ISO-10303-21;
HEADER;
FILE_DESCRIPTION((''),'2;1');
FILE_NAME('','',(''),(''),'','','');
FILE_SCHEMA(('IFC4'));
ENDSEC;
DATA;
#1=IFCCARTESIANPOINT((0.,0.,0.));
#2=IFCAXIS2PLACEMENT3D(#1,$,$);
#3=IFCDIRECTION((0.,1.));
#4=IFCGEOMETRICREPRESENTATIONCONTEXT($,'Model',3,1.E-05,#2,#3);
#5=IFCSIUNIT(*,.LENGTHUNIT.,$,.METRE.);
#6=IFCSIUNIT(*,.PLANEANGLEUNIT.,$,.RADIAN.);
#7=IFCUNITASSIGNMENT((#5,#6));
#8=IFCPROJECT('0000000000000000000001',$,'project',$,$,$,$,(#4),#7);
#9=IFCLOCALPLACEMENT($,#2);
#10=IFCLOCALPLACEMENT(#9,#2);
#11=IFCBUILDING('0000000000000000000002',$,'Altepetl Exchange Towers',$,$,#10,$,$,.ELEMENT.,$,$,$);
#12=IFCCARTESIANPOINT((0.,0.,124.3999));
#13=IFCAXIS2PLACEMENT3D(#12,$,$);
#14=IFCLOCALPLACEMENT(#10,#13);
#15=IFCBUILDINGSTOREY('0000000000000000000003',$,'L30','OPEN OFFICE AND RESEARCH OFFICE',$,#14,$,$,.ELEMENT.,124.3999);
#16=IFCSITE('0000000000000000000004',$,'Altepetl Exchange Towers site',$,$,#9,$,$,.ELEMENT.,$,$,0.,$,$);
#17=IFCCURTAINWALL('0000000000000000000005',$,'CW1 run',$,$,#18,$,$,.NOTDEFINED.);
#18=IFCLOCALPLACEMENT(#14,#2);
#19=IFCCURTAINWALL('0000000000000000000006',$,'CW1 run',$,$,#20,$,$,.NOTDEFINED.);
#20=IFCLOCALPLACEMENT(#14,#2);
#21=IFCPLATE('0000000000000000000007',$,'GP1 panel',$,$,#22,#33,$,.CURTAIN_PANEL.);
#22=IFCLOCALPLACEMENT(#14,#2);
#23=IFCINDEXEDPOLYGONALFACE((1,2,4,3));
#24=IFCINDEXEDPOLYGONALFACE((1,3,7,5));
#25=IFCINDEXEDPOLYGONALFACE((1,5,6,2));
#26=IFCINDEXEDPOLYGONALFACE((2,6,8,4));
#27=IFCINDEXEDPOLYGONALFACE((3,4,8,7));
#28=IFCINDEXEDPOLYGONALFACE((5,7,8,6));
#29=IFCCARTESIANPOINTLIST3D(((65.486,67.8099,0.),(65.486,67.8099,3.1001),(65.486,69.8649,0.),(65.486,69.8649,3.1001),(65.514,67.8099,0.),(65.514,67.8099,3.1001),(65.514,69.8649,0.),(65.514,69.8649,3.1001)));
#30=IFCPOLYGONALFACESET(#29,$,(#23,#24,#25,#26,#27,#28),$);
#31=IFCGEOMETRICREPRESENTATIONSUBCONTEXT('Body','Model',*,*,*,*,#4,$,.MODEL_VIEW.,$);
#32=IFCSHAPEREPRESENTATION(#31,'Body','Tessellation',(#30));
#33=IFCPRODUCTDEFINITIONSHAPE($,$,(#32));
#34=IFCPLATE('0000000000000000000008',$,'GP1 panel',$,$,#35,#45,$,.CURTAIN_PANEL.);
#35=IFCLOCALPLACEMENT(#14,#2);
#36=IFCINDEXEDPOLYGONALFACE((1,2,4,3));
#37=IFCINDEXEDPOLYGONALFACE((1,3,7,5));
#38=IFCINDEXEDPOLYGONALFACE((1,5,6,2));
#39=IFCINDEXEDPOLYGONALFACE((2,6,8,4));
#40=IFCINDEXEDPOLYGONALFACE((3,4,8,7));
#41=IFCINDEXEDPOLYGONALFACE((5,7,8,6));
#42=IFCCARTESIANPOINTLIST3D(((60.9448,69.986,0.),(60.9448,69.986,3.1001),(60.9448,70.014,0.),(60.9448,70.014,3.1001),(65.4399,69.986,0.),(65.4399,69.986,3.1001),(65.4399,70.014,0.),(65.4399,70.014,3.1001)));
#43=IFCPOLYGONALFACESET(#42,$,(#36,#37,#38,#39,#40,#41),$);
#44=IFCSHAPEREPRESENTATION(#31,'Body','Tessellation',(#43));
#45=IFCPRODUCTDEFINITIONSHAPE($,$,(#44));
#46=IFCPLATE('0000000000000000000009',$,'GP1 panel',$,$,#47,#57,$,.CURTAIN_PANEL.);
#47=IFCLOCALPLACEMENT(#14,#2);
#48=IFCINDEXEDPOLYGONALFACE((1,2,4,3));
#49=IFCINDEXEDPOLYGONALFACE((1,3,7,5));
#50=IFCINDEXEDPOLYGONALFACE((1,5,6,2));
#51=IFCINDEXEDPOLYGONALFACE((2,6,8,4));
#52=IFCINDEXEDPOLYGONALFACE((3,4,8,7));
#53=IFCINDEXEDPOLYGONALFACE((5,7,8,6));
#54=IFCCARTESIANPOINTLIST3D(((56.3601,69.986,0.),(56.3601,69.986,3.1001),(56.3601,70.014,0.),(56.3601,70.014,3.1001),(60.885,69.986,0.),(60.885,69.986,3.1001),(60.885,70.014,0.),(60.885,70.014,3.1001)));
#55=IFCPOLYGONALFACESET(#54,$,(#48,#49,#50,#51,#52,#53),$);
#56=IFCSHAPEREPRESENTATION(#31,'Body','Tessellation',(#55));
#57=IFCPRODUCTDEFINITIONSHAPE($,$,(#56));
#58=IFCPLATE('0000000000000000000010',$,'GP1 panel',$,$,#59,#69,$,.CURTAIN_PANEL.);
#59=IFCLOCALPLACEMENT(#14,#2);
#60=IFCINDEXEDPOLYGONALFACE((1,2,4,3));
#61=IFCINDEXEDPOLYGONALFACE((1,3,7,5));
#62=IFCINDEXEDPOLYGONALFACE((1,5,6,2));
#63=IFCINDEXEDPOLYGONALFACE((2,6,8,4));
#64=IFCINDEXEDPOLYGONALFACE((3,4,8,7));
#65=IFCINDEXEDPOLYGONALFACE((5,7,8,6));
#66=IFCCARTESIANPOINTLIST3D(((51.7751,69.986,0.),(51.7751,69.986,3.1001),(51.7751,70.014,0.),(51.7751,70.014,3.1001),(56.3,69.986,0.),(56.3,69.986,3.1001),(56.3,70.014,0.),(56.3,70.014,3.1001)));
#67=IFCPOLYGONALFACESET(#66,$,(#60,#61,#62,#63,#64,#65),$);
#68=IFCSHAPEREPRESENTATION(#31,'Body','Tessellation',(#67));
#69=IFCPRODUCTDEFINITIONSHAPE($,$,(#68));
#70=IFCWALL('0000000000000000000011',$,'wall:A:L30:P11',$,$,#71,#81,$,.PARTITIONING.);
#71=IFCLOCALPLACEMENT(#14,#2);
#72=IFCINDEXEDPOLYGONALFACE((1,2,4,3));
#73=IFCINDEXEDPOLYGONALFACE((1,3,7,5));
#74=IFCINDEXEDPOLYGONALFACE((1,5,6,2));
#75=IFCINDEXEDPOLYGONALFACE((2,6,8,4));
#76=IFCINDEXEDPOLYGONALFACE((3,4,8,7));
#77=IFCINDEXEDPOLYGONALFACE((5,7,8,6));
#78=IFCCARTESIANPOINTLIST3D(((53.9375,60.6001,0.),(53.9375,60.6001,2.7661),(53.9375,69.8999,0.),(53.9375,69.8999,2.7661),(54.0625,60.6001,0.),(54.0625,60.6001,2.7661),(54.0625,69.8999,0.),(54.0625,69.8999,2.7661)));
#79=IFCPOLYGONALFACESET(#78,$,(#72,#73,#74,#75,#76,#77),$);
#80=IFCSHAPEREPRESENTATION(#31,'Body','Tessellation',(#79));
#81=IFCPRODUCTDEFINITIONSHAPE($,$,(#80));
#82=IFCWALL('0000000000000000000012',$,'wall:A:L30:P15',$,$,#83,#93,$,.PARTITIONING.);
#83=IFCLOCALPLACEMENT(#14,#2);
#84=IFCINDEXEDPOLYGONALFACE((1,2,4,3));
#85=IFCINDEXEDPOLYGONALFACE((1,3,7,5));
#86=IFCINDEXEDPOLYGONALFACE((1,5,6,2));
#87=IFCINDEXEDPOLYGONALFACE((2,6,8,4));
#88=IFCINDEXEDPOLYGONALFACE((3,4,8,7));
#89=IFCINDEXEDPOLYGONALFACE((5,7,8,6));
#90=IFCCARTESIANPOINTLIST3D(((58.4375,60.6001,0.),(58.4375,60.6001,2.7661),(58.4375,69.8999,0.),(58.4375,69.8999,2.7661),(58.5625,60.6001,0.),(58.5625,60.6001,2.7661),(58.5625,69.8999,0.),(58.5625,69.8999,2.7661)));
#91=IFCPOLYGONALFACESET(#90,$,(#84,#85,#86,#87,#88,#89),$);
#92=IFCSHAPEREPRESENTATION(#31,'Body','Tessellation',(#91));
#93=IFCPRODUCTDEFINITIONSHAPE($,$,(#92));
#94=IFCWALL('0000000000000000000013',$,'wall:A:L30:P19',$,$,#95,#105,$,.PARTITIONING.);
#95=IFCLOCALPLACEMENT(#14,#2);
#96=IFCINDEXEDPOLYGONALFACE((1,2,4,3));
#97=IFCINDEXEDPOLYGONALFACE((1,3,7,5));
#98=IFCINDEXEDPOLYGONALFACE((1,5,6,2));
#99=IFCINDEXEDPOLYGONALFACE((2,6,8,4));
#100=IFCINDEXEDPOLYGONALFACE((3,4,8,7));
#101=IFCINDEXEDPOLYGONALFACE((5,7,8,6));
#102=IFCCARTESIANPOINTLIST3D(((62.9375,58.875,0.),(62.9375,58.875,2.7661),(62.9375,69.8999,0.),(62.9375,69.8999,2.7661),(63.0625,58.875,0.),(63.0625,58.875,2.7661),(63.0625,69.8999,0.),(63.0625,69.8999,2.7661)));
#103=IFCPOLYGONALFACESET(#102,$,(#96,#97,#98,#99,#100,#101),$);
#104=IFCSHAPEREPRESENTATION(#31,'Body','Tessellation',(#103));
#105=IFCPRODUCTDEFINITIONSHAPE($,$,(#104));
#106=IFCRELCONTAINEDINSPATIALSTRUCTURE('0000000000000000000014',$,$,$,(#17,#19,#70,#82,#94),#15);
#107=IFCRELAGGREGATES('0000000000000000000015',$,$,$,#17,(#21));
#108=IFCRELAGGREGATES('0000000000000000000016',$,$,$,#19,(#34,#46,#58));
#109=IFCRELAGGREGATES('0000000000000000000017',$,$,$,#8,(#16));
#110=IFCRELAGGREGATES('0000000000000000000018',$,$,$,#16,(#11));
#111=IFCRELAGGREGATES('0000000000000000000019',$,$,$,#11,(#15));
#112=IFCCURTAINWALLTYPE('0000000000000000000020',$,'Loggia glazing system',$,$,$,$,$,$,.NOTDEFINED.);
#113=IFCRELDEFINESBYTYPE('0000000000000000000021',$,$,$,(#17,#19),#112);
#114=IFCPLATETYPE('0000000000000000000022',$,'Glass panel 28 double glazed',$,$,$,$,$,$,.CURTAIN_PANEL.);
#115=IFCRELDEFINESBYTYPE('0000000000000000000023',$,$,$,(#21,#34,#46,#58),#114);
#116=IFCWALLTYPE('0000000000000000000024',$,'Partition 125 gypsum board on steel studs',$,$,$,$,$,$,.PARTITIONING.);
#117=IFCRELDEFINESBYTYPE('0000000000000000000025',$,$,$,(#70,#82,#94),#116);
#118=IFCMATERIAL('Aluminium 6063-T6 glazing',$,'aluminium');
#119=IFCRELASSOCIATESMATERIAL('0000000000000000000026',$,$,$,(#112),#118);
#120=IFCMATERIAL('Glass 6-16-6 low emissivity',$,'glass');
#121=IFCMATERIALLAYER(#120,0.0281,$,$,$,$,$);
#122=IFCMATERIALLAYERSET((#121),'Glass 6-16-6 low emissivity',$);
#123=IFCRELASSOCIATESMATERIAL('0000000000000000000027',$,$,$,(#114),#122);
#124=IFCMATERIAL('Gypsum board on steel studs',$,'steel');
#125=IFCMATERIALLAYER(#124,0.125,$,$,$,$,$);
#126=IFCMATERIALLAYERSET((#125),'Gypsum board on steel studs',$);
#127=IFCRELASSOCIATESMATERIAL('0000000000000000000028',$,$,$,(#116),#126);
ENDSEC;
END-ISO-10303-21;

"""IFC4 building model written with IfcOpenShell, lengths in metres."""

from ifc_helpers import new_model, si_unit, direction, frame, frame_2d, origin, origin_2d, place, context, subcontext, project, spatial, rectangle, extrude, material, layer, layer_set, type_object, element, aggregate, save


model = new_model("IFC4")

# Units and contexts
model_context = context("Model", 3, precision=1e-05, world=origin(), true_north=direction((0.0, 1.0)))
body_context = subcontext(model_context, "Body", "Model", "MODEL_VIEW")
ifc_project = project(units=[si_unit("LENGTHUNIT", "METRE"), si_unit("PLANEANGLEUNIT", "RADIAN")], contexts=[model_context])

# Site, building, storey
site_placement = place(None, origin())
site = spatial("IfcSite", under=ifc_project, at=site_placement, Name="Altepetl Exchange Towers site", CompositionType="ELEMENT", RefElevation=0.0)
building_placement = place(site_placement, origin())
building = spatial("IfcBuilding", under=site, at=building_placement, Name="Altepetl Exchange Towers", CompositionType="ELEMENT")
storey_placement = place(building_placement, frame((0.0, 0.0, 124.3999)))
storey = spatial("IfcBuildingStorey", under=building, at=storey_placement, Name="L30", Description="OPEN OFFICE AND RESEARCH OFFICE", CompositionType="ELEMENT", Elevation=124.3999)

# Shared definitions
ifc_material_1 = material(Name="Aluminium 6063-T6 glazing", Category="aluminium")
curtain_wall_type = type_object("IfcCurtainWallType", Name="Loggia glazing system", PredefinedType="NOTDEFINED", material=ifc_material_1)

# Curtain walls
curtain_wall_1_placement = place(storey_placement, origin())
curtain_wall_1 = element("IfcCurtainWall", 1, at=curtain_wall_1_placement, inside=storey, type_object=curtain_wall_type, Name="CW1 run", PredefinedType="NOTDEFINED")
curtain_wall_2_placement = place(storey_placement, origin())
curtain_wall_2 = element("IfcCurtainWall", 2, at=curtain_wall_2_placement, inside=storey, type_object=curtain_wall_type, Name="CW1 run", PredefinedType="NOTDEFINED")

# Plates
ifc_material_2 = material(Name="Glass 6-16-6 low emissivity", Category="glass")
ifc_layer_1 = layer(ifc_material_2, 0.0281)
ifc_layer_set_1 = layer_set([ifc_layer_1], Name="Glass 6-16-6 low emissivity")
plate_type = type_object("IfcPlateType", Name="Glass panel 28 double glazed", PredefinedType="CURTAIN_PANEL", material=ifc_layer_set_1)
plate_1_placement = place(storey_placement, frame((65.5, 68.8374, 0.0), z_axis=(0.0, 0.0, 1.0), x_axis=(0.0, 1.0, 0.0)))
plate_1 = element("IfcPlate", 3, at=plate_1_placement, type_object=plate_type, Name="GP1 panel", PredefinedType="CURTAIN_PANEL", context=body_context, shape_type="SweptSolid", body=[
    extrude(rectangle(XDim=2.0549, YDim=0.0281, at=origin_2d()), origin(), (0.0, 0.0, 1.0), 3.1001),
])
aggregate(curtain_wall_1, [plate_1])
plate_2_placement = place(storey_placement, frame((63.1924, 70.0, 0.0), z_axis=(0.0, 0.0, 1.0), x_axis=(-1.0, 0.0, 0.0)))
plate_2 = element("IfcPlate", 4, at=plate_2_placement, type_object=plate_type, Name="GP1 panel", PredefinedType="CURTAIN_PANEL", context=body_context, shape_type="SweptSolid", body=[
    extrude(rectangle(XDim=4.4951, YDim=0.0281, at=origin_2d()), origin(), (0.0, 0.0, 1.0), 3.1001),
])
plate_3_placement = place(storey_placement, frame((58.6226, 70.0, 0.0), z_axis=(0.0, 0.0, 1.0), x_axis=(-1.0, 0.0, 0.0)))
plate_3 = element("IfcPlate", 5, at=plate_3_placement, type_object=plate_type, Name="GP1 panel", PredefinedType="CURTAIN_PANEL", context=body_context, shape_type="SweptSolid", body=[
    extrude(rectangle(XDim=4.5249, YDim=0.0281, at=origin_2d()), origin(), (0.0, 0.0, 1.0), 3.1001),
])
plate_4_placement = place(storey_placement, frame((54.0376, 70.0, 0.0), z_axis=(0.0, 0.0, 1.0), x_axis=(-1.0, 0.0, 0.0)))
plate_4 = element("IfcPlate", 6, at=plate_4_placement, type_object=plate_type, Name="GP1 panel", PredefinedType="CURTAIN_PANEL", context=body_context, shape_type="SweptSolid", body=[
    extrude(rectangle(XDim=4.5249, YDim=0.0281, at=origin_2d()), origin(), (0.0, 0.0, 1.0), 3.1001),
])
aggregate(curtain_wall_2, [plate_2, plate_3, plate_4])

# Walls
ifc_material_3 = material(Name="Gypsum board on steel studs", Category="steel")
ifc_layer_2 = layer(ifc_material_3, 0.125)
ifc_layer_set_2 = layer_set([ifc_layer_2], Name="Gypsum board on steel studs")
wall_type = type_object("IfcWallType", Name="Partition 125 gypsum board on steel studs", PredefinedType="PARTITIONING", material=ifc_layer_set_2)
for number, where, z_axis, x_axis, name in (
    (7, (54.0, 60.6001, 0.0), (0.0, 0.0, 1.0), (0.0, 1.0, 0.0), "wall:A:L30:P11"),
    (8, (58.5, 60.6001, 0.0), (0.0, 0.0, 1.0), (0.0, 1.0, 0.0), "wall:A:L30:P15"),
):
    element("IfcWall", number, at=place(storey_placement, frame(where, z_axis=z_axis, x_axis=x_axis)), inside=storey, type_object=wall_type, Name=name, PredefinedType="PARTITIONING", context=body_context, shape_type="SweptSolid", body=[
        extrude(rectangle(XDim=9.2998, YDim=0.125, at=frame_2d((4.6499, 0.0))), origin(), (0.0, 0.0, 1.0), 2.7661),
    ])
wall_placement = place(storey_placement, frame((63.0, 58.875, 0.0), z_axis=(0.0, 0.0, 1.0), x_axis=(0.0, 1.0, 0.0)))
element("IfcWall", 9, at=wall_placement, inside=storey, type_object=wall_type, Name="wall:A:L30:P19", PredefinedType="PARTITIONING", context=body_context, shape_type="SweptSolid", body=[
    extrude(rectangle(XDim=11.0249, YDim=0.125, at=frame_2d((5.5125, 0.0))), origin(), (0.0, 0.0, 1.0), 2.7661),
])

save(model, "model.ifc")
